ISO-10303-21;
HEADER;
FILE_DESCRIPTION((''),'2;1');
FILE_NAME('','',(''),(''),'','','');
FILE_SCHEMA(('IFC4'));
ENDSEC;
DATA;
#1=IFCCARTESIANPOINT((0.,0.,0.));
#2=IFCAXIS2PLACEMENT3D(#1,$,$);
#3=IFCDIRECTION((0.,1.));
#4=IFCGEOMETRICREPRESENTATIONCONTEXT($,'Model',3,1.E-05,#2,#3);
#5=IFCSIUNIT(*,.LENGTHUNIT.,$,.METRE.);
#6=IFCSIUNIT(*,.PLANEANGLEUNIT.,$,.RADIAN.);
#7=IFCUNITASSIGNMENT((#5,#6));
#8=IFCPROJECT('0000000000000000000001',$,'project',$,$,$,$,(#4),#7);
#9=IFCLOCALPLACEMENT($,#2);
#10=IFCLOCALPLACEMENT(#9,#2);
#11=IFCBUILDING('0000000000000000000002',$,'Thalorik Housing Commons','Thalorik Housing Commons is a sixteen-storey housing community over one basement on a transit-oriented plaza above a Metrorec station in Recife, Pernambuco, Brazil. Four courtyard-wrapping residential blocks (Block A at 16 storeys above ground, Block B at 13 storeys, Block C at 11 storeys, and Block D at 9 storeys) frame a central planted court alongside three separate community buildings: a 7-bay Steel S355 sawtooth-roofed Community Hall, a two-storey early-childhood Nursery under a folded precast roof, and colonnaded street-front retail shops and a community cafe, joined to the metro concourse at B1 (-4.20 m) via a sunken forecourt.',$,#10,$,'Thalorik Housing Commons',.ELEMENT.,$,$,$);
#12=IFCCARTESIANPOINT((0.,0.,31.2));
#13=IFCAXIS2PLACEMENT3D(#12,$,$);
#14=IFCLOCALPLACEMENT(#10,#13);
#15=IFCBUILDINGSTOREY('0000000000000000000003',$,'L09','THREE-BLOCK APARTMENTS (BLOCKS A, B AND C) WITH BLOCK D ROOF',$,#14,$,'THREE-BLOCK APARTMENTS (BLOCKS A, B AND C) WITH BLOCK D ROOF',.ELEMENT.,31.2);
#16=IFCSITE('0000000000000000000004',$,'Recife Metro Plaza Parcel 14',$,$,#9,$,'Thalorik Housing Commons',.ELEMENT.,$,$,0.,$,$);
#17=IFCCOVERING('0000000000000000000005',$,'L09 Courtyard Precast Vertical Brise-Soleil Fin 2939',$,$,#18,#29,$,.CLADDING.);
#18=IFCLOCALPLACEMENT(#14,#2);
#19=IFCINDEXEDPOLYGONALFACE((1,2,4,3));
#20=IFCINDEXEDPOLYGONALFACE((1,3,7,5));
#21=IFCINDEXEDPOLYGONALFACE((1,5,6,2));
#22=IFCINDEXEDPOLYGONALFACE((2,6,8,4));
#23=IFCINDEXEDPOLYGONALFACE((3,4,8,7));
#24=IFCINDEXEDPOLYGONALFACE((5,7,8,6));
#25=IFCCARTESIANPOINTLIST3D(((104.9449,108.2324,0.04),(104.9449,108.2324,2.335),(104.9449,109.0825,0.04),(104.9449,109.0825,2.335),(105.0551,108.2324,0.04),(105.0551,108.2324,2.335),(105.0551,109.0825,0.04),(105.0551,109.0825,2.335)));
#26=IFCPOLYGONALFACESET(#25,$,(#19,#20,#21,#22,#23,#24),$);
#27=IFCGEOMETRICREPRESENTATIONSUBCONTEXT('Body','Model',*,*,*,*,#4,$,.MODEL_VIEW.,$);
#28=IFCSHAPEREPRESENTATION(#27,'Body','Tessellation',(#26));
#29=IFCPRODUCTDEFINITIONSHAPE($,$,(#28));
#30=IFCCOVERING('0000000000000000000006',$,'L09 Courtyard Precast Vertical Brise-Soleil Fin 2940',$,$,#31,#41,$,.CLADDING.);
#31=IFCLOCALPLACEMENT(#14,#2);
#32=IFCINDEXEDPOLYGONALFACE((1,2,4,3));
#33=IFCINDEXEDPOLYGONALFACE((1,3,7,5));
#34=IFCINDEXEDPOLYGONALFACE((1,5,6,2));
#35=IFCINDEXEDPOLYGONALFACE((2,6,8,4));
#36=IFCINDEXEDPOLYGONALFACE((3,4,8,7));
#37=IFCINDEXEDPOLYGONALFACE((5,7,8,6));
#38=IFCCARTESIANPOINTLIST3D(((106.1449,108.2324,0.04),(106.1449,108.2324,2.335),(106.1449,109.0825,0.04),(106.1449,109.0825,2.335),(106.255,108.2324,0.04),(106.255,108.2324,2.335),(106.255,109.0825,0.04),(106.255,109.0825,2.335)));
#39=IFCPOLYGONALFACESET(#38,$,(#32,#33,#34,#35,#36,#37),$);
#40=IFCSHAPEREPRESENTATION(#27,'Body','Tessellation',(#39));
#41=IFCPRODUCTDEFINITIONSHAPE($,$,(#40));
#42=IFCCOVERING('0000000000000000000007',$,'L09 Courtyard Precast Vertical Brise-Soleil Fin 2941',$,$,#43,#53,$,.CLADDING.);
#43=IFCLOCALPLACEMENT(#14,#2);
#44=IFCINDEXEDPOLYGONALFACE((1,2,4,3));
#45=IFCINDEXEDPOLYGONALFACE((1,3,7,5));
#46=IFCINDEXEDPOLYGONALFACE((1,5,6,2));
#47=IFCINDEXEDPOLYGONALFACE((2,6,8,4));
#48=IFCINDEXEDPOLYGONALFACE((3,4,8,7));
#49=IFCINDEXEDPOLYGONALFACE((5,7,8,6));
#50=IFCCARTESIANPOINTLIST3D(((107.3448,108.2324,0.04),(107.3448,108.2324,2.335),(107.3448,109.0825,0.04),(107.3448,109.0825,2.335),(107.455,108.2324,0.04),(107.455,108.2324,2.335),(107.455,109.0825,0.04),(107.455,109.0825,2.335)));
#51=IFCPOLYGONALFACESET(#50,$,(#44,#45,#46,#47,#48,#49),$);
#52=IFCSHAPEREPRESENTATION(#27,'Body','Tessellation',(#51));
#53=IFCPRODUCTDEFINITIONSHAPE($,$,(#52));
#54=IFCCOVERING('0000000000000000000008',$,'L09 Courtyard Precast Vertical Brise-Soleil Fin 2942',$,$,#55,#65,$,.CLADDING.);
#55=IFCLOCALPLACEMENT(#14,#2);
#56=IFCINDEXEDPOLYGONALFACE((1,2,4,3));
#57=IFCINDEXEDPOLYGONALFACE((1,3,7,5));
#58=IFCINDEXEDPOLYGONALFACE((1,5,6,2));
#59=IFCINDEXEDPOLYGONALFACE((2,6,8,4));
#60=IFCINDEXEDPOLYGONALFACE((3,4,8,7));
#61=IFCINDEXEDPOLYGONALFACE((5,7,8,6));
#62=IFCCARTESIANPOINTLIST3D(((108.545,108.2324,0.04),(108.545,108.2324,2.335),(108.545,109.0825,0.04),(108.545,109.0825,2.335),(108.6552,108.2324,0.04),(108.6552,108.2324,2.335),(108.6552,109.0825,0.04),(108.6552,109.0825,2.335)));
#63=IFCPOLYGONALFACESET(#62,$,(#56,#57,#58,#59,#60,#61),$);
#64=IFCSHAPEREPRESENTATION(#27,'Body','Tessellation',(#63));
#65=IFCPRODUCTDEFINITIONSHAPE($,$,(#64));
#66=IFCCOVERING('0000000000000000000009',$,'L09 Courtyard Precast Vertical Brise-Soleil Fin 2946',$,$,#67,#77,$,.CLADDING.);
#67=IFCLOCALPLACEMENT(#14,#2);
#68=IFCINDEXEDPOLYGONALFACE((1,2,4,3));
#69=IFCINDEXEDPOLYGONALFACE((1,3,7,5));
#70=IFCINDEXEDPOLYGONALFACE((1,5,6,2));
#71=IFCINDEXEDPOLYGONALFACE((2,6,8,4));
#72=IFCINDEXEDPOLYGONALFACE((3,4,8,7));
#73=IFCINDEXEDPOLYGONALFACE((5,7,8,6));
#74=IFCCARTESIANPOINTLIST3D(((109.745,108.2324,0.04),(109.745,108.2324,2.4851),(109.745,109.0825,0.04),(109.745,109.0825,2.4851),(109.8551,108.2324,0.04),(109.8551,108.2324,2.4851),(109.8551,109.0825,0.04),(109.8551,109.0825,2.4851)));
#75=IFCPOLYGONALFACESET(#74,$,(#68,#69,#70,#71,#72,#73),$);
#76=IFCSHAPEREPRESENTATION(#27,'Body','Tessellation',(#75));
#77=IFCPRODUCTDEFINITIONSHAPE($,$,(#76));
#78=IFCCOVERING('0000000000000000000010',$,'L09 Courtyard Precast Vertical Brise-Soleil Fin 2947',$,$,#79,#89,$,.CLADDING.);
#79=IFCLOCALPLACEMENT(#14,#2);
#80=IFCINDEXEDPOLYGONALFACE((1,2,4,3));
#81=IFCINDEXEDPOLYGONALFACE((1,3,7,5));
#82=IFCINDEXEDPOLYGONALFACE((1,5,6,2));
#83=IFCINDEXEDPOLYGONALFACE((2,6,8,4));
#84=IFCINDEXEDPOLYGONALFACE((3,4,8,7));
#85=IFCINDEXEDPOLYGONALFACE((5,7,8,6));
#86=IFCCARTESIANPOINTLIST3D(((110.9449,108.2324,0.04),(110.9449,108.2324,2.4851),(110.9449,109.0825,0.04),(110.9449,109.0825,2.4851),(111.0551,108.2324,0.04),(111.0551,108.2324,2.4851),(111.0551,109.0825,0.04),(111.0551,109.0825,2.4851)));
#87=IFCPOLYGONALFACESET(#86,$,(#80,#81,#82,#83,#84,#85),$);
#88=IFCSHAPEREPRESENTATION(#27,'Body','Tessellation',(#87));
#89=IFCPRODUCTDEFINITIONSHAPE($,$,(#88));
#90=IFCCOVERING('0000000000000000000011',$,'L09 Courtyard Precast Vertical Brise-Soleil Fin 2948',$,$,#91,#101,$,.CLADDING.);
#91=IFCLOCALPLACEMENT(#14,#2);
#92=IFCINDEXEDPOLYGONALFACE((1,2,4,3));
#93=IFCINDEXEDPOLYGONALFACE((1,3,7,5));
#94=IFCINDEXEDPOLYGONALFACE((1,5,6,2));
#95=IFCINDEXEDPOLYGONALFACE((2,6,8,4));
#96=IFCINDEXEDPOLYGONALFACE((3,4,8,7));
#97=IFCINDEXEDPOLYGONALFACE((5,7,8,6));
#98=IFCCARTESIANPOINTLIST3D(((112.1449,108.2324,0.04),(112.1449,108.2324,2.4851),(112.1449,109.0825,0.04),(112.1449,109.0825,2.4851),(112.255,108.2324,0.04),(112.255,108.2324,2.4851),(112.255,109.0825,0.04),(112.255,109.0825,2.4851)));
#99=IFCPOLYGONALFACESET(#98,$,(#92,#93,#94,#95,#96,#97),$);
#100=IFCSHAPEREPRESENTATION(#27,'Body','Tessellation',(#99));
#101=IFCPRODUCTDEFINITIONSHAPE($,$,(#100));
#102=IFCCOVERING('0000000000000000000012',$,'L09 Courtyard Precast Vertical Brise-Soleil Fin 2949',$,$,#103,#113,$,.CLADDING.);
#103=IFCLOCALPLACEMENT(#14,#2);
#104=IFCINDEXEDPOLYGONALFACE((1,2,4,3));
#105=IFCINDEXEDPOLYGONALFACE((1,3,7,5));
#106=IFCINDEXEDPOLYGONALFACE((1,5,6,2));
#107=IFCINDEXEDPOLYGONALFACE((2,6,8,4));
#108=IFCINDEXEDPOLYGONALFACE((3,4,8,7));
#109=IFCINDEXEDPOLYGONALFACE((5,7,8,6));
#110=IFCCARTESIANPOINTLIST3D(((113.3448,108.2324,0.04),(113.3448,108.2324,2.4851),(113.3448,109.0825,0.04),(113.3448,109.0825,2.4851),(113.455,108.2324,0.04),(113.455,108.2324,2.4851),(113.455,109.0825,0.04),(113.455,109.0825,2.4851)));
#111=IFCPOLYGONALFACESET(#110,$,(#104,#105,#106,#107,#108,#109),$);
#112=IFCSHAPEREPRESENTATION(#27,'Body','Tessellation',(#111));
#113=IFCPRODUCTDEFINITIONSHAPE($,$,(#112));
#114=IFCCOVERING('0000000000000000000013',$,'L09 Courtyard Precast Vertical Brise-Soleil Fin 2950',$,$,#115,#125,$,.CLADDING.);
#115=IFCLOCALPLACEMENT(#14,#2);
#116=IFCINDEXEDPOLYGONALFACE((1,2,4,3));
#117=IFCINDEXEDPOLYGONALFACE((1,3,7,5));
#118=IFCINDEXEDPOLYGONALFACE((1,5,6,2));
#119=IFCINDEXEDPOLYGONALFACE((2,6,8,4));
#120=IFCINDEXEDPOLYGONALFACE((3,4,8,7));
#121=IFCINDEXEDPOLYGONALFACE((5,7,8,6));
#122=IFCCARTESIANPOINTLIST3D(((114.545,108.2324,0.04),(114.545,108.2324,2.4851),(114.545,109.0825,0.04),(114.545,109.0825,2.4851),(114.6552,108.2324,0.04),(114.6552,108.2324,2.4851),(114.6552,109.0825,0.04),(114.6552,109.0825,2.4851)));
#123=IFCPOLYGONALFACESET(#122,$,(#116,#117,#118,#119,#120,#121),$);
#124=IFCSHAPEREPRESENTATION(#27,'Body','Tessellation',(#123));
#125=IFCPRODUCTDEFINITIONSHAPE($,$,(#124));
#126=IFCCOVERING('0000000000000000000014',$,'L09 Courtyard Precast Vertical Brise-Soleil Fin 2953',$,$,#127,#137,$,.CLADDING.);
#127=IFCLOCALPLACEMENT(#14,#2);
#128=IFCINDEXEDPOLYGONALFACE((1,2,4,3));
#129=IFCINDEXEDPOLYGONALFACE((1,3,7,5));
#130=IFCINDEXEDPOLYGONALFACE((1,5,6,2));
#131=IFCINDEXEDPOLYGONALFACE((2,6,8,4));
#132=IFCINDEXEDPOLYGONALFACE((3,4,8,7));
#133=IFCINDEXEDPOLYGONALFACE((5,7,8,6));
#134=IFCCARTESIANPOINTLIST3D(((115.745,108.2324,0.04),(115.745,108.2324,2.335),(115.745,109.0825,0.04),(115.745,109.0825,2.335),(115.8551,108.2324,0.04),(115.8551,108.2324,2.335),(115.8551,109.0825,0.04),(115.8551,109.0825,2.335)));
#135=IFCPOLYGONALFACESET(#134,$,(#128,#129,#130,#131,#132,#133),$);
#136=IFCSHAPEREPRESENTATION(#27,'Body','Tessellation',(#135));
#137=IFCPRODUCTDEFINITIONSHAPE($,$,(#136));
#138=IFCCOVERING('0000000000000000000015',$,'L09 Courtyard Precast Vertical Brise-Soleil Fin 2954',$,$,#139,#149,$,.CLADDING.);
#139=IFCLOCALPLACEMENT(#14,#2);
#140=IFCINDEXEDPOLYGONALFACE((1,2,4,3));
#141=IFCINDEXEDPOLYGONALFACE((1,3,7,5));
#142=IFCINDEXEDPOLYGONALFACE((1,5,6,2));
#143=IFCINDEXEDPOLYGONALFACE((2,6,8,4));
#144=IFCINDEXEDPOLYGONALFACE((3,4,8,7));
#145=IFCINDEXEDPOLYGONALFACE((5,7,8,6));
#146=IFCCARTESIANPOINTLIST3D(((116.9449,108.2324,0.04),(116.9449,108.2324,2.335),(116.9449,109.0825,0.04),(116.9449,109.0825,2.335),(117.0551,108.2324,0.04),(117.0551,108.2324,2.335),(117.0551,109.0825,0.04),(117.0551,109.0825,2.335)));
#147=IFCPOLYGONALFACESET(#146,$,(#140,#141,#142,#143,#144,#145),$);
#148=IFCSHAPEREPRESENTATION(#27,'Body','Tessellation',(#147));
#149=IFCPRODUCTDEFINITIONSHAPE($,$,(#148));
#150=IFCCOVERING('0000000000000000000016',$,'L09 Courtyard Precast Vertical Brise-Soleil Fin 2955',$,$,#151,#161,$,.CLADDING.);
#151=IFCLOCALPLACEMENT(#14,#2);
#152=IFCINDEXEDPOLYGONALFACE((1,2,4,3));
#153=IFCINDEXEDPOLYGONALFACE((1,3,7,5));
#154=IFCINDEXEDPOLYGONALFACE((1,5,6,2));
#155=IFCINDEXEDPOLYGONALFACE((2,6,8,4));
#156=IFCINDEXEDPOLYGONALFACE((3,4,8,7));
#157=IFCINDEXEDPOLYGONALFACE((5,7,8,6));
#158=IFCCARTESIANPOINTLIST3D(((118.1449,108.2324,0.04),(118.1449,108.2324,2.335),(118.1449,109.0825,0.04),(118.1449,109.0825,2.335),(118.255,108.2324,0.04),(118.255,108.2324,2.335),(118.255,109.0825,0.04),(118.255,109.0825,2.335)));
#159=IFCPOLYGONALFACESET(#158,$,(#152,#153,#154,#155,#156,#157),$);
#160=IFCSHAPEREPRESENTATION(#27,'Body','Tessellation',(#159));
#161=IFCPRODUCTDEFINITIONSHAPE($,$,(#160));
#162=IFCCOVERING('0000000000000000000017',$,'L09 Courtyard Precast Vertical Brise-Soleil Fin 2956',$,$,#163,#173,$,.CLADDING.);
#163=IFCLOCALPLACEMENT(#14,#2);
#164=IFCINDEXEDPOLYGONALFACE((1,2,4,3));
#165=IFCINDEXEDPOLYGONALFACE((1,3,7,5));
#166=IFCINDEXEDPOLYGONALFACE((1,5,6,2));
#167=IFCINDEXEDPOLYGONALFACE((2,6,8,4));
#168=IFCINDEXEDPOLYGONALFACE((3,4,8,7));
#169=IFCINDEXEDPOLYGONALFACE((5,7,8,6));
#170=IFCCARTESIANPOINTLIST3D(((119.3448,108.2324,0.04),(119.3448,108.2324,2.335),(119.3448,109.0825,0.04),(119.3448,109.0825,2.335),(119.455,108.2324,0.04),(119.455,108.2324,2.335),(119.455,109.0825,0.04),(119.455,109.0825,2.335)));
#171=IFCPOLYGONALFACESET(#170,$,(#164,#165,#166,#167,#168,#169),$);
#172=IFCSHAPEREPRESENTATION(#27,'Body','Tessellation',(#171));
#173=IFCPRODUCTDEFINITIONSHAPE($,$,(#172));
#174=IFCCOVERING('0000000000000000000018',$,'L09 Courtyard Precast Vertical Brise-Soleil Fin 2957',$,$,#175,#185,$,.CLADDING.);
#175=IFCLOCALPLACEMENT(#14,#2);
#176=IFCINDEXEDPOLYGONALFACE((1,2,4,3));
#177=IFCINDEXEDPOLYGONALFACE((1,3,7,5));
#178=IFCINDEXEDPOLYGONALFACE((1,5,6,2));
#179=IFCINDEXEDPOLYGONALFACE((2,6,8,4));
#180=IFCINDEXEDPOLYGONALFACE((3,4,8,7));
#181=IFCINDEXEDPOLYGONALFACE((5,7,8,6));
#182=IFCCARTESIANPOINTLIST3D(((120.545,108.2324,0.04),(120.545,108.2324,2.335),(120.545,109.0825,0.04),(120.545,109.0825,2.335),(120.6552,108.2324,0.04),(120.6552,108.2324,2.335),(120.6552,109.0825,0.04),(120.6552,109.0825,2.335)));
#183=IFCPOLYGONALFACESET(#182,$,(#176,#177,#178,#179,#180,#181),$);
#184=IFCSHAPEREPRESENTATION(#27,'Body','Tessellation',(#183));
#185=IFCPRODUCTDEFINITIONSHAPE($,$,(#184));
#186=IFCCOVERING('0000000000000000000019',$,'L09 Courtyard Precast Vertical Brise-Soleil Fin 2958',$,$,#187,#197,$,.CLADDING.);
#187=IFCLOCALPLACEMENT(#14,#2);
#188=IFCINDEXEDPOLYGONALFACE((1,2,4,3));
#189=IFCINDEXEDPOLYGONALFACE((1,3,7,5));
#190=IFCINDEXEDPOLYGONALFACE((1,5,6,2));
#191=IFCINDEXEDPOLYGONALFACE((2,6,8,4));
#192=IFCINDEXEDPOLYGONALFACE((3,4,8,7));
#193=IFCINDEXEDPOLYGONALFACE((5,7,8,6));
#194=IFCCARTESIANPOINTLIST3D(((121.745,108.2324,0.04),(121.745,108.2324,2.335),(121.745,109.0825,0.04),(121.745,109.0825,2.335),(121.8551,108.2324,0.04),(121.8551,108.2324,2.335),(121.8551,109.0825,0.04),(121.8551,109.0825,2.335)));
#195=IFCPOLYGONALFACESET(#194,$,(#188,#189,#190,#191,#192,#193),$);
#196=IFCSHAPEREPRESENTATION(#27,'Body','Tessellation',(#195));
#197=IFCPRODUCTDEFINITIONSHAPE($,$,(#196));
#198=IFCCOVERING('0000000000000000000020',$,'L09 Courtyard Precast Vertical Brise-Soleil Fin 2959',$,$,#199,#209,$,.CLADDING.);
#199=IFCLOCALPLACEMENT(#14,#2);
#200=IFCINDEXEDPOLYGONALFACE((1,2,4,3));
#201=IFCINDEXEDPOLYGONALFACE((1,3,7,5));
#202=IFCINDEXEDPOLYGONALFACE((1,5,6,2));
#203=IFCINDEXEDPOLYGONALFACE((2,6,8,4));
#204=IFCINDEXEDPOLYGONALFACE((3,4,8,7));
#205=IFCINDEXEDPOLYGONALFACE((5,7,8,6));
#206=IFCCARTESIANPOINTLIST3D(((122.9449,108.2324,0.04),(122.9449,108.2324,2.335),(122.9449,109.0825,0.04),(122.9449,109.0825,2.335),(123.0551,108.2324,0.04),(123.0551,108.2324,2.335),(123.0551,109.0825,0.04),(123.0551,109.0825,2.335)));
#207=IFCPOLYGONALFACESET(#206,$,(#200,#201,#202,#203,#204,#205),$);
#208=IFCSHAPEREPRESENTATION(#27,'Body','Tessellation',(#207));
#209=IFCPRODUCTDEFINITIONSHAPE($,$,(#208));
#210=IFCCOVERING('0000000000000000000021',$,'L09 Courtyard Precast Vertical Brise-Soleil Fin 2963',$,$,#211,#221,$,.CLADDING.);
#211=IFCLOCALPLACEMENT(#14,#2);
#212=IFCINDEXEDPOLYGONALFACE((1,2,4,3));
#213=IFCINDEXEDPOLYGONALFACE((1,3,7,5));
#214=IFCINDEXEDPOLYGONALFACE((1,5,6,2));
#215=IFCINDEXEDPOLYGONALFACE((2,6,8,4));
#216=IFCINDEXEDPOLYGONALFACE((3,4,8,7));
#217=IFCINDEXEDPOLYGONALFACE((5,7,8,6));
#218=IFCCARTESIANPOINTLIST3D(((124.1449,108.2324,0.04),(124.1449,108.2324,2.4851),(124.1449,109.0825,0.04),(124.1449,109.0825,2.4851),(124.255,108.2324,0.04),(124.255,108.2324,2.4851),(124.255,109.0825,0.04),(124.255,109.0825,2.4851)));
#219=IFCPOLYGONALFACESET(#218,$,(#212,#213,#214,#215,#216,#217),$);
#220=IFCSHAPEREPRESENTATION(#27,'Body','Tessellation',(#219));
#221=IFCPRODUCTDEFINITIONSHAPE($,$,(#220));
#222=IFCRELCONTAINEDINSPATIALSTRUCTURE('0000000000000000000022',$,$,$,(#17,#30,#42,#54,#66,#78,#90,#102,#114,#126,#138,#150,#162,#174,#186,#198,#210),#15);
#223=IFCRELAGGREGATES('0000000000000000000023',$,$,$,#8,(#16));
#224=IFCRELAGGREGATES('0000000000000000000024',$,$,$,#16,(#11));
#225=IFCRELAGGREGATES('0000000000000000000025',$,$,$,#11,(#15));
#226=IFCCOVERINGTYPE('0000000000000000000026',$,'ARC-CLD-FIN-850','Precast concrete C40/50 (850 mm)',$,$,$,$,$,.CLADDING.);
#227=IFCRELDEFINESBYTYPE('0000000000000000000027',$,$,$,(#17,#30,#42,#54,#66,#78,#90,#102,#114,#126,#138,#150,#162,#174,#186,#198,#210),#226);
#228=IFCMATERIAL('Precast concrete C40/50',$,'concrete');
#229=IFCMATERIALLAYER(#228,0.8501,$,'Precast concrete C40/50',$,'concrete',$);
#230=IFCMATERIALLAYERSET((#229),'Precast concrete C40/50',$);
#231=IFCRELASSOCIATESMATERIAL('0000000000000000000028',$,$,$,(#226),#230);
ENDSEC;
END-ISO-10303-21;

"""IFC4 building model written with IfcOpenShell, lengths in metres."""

from ifc_helpers import new_model, si_unit, direction, frame, origin, origin_2d, place, context, subcontext, project, spatial, rectangle, extrude, material, layer, layer_set, type_object, element, save


model = new_model("IFC4")

# Units and contexts
model_context = context("Model", 3, precision=1e-05, world=origin(), true_north=direction((0.0, 1.0)))
body_context = subcontext(model_context, "Body", "Model", "MODEL_VIEW")
ifc_project = project(units=[si_unit("LENGTHUNIT", "METRE"), si_unit("PLANEANGLEUNIT", "RADIAN")], contexts=[model_context])

# Site, building, storey
site_placement = place(None, origin())
site = spatial("IfcSite", under=ifc_project, at=site_placement, Name="Recife Metro Plaza Parcel 14", LongName="Thalorik Housing Commons", CompositionType="ELEMENT", RefElevation=0.0)
building_placement = place(site_placement, origin())
building = spatial("IfcBuilding", under=site, at=building_placement, Name="Thalorik Housing Commons", Description="Thalorik Housing Commons is a sixteen-storey housing community over one basement on a transit-oriented plaza above a Metrorec station in Recife, Pernambuco, Brazil. Four courtyard-wrapping residential blocks (Block A at 16 storeys above ground, Block B at 13 storeys, Block C at 11 storeys, and Block D at 9 storeys) frame a central planted court alongside three separate community buildings: a 7-bay Steel S355 sawtooth-roofed Community Hall, a two-storey early-childhood Nursery under a folded precast roof, and colonnaded street-front retail shops and a community cafe, joined to the metro concourse at B1 (-4.20 m) via a sunken forecourt.", LongName="Thalorik Housing Commons", CompositionType="ELEMENT")
storey_placement = place(building_placement, frame((0.0, 0.0, 31.2)))
storey = spatial("IfcBuildingStorey", under=building, at=storey_placement, Name="L09", Description="THREE-BLOCK APARTMENTS (BLOCKS A, B AND C) WITH BLOCK D ROOF", LongName="THREE-BLOCK APARTMENTS (BLOCKS A, B AND C) WITH BLOCK D ROOF", CompositionType="ELEMENT", Elevation=31.2)

# Coverings
ifc_material = material(Name="Precast concrete C40/50", Category="concrete")
ifc_layer = layer(ifc_material, 0.8501, Name="Precast concrete C40/50", Category="concrete")
ifc_layer_set = layer_set([ifc_layer], Name="Precast concrete C40/50")
covering_type = type_object("IfcCoveringType", Name="ARC-CLD-FIN-850", Description="Precast concrete C40/50 (850 mm)", PredefinedType="CLADDING", material=ifc_layer_set)
for number, where, z_axis, x_axis, name in (
    (1, (105.0, 108.6575, 0.04), (0.0, 0.0, 1.0), (1.0, 0.0, 0.0), "L09 Courtyard Precast Vertical Brise-Soleil Fin 2939"),
    (2, (106.2, 108.6575, 0.04), (0.0, 0.0, 1.0), (1.0, 0.0, 0.0), "L09 Courtyard Precast Vertical Brise-Soleil Fin 2940"),
    (3, (107.3999, 108.6575, 0.04), (0.0, 0.0, 1.0), (1.0, 0.0, 0.0), "L09 Courtyard Precast Vertical Brise-Soleil Fin 2941"),
    (4, (108.6001, 108.6575, 0.04), (0.0, 0.0, 1.0), (1.0, 0.0, 0.0), "L09 Courtyard Precast Vertical Brise-Soleil Fin 2942"),
):
    element("IfcCovering", number, at=place(storey_placement, frame(where, z_axis=z_axis, x_axis=x_axis)), inside=storey, type_object=covering_type, Name=name, PredefinedType="CLADDING", context=body_context, shape_type="SweptSolid", body=[
        extrude(rectangle(XDim=0.1101, YDim=0.8501, at=origin_2d()), origin(), (0.0, 0.0, 1.0), 2.2949),
    ])
for number, where, z_axis, x_axis, name in (
    (5, (109.8, 108.6575, 0.04), (0.0, 0.0, 1.0), (1.0, 0.0, 0.0), "L09 Courtyard Precast Vertical Brise-Soleil Fin 2946"),
    (6, (111.0, 108.6575, 0.04), (0.0, 0.0, 1.0), (1.0, 0.0, 0.0), "L09 Courtyard Precast Vertical Brise-Soleil Fin 2947"),
    (7, (112.2, 108.6575, 0.04), (0.0, 0.0, 1.0), (1.0, 0.0, 0.0), "L09 Courtyard Precast Vertical Brise-Soleil Fin 2948"),
    (8, (113.3999, 108.6575, 0.04), (0.0, 0.0, 1.0), (1.0, 0.0, 0.0), "L09 Courtyard Precast Vertical Brise-Soleil Fin 2949"),
    (9, (114.6001, 108.6575, 0.04), (0.0, 0.0, 1.0), (1.0, 0.0, 0.0), "L09 Courtyard Precast Vertical Brise-Soleil Fin 2950"),
):
    element("IfcCovering", number, at=place(storey_placement, frame(where, z_axis=z_axis, x_axis=x_axis)), inside=storey, type_object=covering_type, Name=name, PredefinedType="CLADDING", context=body_context, shape_type="SweptSolid", body=[
        extrude(rectangle(XDim=0.1101, YDim=0.8501, at=origin_2d()), origin(), (0.0, 0.0, 1.0), 2.4451),
    ])
for number, where, z_axis, x_axis, name in (
    (10, (115.8, 108.6575, 0.04), (0.0, 0.0, 1.0), (1.0, 0.0, 0.0), "L09 Courtyard Precast Vertical Brise-Soleil Fin 2953"),
    (11, (117.0, 108.6575, 0.04), (0.0, 0.0, 1.0), (1.0, 0.0, 0.0), "L09 Courtyard Precast Vertical Brise-Soleil Fin 2954"),
    (12, (118.2, 108.6575, 0.04), (0.0, 0.0, 1.0), (1.0, 0.0, 0.0), "L09 Courtyard Precast Vertical Brise-Soleil Fin 2955"),
    (13, (119.3999, 108.6575, 0.04), (0.0, 0.0, 1.0), (1.0, 0.0, 0.0), "L09 Courtyard Precast Vertical Brise-Soleil Fin 2956"),
    (14, (120.6001, 108.6575, 0.04), (0.0, 0.0, 1.0), (1.0, 0.0, 0.0), "L09 Courtyard Precast Vertical Brise-Soleil Fin 2957"),
    (15, (121.8, 108.6575, 0.04), (0.0, 0.0, 1.0), (1.0, 0.0, 0.0), "L09 Courtyard Precast Vertical Brise-Soleil Fin 2958"),
    (16, (123.0, 108.6575, 0.04), (0.0, 0.0, 1.0), (1.0, 0.0, 0.0), "L09 Courtyard Precast Vertical Brise-Soleil Fin 2959"),
):
    element("IfcCovering", number, at=place(storey_placement, frame(where, z_axis=z_axis, x_axis=x_axis)), inside=storey, type_object=covering_type, Name=name, PredefinedType="CLADDING", context=body_context, shape_type="SweptSolid", body=[
        extrude(rectangle(XDim=0.1101, YDim=0.8501, at=origin_2d()), origin(), (0.0, 0.0, 1.0), 2.2949),
    ])
covering_placement = place(storey_placement, frame((124.2, 108.6575, 0.04), z_axis=(0.0, 0.0, 1.0), x_axis=(1.0, 0.0, 0.0)))
element("IfcCovering", 17, at=covering_placement, inside=storey, type_object=covering_type, Name="L09 Courtyard Precast Vertical Brise-Soleil Fin 2963", PredefinedType="CLADDING", context=body_context, shape_type="SweptSolid", body=[
    extrude(rectangle(XDim=0.1101, YDim=0.8501, at=origin_2d()), origin(), (0.0, 0.0, 1.0), 2.4451),
])

save(model, "model.ifc")
